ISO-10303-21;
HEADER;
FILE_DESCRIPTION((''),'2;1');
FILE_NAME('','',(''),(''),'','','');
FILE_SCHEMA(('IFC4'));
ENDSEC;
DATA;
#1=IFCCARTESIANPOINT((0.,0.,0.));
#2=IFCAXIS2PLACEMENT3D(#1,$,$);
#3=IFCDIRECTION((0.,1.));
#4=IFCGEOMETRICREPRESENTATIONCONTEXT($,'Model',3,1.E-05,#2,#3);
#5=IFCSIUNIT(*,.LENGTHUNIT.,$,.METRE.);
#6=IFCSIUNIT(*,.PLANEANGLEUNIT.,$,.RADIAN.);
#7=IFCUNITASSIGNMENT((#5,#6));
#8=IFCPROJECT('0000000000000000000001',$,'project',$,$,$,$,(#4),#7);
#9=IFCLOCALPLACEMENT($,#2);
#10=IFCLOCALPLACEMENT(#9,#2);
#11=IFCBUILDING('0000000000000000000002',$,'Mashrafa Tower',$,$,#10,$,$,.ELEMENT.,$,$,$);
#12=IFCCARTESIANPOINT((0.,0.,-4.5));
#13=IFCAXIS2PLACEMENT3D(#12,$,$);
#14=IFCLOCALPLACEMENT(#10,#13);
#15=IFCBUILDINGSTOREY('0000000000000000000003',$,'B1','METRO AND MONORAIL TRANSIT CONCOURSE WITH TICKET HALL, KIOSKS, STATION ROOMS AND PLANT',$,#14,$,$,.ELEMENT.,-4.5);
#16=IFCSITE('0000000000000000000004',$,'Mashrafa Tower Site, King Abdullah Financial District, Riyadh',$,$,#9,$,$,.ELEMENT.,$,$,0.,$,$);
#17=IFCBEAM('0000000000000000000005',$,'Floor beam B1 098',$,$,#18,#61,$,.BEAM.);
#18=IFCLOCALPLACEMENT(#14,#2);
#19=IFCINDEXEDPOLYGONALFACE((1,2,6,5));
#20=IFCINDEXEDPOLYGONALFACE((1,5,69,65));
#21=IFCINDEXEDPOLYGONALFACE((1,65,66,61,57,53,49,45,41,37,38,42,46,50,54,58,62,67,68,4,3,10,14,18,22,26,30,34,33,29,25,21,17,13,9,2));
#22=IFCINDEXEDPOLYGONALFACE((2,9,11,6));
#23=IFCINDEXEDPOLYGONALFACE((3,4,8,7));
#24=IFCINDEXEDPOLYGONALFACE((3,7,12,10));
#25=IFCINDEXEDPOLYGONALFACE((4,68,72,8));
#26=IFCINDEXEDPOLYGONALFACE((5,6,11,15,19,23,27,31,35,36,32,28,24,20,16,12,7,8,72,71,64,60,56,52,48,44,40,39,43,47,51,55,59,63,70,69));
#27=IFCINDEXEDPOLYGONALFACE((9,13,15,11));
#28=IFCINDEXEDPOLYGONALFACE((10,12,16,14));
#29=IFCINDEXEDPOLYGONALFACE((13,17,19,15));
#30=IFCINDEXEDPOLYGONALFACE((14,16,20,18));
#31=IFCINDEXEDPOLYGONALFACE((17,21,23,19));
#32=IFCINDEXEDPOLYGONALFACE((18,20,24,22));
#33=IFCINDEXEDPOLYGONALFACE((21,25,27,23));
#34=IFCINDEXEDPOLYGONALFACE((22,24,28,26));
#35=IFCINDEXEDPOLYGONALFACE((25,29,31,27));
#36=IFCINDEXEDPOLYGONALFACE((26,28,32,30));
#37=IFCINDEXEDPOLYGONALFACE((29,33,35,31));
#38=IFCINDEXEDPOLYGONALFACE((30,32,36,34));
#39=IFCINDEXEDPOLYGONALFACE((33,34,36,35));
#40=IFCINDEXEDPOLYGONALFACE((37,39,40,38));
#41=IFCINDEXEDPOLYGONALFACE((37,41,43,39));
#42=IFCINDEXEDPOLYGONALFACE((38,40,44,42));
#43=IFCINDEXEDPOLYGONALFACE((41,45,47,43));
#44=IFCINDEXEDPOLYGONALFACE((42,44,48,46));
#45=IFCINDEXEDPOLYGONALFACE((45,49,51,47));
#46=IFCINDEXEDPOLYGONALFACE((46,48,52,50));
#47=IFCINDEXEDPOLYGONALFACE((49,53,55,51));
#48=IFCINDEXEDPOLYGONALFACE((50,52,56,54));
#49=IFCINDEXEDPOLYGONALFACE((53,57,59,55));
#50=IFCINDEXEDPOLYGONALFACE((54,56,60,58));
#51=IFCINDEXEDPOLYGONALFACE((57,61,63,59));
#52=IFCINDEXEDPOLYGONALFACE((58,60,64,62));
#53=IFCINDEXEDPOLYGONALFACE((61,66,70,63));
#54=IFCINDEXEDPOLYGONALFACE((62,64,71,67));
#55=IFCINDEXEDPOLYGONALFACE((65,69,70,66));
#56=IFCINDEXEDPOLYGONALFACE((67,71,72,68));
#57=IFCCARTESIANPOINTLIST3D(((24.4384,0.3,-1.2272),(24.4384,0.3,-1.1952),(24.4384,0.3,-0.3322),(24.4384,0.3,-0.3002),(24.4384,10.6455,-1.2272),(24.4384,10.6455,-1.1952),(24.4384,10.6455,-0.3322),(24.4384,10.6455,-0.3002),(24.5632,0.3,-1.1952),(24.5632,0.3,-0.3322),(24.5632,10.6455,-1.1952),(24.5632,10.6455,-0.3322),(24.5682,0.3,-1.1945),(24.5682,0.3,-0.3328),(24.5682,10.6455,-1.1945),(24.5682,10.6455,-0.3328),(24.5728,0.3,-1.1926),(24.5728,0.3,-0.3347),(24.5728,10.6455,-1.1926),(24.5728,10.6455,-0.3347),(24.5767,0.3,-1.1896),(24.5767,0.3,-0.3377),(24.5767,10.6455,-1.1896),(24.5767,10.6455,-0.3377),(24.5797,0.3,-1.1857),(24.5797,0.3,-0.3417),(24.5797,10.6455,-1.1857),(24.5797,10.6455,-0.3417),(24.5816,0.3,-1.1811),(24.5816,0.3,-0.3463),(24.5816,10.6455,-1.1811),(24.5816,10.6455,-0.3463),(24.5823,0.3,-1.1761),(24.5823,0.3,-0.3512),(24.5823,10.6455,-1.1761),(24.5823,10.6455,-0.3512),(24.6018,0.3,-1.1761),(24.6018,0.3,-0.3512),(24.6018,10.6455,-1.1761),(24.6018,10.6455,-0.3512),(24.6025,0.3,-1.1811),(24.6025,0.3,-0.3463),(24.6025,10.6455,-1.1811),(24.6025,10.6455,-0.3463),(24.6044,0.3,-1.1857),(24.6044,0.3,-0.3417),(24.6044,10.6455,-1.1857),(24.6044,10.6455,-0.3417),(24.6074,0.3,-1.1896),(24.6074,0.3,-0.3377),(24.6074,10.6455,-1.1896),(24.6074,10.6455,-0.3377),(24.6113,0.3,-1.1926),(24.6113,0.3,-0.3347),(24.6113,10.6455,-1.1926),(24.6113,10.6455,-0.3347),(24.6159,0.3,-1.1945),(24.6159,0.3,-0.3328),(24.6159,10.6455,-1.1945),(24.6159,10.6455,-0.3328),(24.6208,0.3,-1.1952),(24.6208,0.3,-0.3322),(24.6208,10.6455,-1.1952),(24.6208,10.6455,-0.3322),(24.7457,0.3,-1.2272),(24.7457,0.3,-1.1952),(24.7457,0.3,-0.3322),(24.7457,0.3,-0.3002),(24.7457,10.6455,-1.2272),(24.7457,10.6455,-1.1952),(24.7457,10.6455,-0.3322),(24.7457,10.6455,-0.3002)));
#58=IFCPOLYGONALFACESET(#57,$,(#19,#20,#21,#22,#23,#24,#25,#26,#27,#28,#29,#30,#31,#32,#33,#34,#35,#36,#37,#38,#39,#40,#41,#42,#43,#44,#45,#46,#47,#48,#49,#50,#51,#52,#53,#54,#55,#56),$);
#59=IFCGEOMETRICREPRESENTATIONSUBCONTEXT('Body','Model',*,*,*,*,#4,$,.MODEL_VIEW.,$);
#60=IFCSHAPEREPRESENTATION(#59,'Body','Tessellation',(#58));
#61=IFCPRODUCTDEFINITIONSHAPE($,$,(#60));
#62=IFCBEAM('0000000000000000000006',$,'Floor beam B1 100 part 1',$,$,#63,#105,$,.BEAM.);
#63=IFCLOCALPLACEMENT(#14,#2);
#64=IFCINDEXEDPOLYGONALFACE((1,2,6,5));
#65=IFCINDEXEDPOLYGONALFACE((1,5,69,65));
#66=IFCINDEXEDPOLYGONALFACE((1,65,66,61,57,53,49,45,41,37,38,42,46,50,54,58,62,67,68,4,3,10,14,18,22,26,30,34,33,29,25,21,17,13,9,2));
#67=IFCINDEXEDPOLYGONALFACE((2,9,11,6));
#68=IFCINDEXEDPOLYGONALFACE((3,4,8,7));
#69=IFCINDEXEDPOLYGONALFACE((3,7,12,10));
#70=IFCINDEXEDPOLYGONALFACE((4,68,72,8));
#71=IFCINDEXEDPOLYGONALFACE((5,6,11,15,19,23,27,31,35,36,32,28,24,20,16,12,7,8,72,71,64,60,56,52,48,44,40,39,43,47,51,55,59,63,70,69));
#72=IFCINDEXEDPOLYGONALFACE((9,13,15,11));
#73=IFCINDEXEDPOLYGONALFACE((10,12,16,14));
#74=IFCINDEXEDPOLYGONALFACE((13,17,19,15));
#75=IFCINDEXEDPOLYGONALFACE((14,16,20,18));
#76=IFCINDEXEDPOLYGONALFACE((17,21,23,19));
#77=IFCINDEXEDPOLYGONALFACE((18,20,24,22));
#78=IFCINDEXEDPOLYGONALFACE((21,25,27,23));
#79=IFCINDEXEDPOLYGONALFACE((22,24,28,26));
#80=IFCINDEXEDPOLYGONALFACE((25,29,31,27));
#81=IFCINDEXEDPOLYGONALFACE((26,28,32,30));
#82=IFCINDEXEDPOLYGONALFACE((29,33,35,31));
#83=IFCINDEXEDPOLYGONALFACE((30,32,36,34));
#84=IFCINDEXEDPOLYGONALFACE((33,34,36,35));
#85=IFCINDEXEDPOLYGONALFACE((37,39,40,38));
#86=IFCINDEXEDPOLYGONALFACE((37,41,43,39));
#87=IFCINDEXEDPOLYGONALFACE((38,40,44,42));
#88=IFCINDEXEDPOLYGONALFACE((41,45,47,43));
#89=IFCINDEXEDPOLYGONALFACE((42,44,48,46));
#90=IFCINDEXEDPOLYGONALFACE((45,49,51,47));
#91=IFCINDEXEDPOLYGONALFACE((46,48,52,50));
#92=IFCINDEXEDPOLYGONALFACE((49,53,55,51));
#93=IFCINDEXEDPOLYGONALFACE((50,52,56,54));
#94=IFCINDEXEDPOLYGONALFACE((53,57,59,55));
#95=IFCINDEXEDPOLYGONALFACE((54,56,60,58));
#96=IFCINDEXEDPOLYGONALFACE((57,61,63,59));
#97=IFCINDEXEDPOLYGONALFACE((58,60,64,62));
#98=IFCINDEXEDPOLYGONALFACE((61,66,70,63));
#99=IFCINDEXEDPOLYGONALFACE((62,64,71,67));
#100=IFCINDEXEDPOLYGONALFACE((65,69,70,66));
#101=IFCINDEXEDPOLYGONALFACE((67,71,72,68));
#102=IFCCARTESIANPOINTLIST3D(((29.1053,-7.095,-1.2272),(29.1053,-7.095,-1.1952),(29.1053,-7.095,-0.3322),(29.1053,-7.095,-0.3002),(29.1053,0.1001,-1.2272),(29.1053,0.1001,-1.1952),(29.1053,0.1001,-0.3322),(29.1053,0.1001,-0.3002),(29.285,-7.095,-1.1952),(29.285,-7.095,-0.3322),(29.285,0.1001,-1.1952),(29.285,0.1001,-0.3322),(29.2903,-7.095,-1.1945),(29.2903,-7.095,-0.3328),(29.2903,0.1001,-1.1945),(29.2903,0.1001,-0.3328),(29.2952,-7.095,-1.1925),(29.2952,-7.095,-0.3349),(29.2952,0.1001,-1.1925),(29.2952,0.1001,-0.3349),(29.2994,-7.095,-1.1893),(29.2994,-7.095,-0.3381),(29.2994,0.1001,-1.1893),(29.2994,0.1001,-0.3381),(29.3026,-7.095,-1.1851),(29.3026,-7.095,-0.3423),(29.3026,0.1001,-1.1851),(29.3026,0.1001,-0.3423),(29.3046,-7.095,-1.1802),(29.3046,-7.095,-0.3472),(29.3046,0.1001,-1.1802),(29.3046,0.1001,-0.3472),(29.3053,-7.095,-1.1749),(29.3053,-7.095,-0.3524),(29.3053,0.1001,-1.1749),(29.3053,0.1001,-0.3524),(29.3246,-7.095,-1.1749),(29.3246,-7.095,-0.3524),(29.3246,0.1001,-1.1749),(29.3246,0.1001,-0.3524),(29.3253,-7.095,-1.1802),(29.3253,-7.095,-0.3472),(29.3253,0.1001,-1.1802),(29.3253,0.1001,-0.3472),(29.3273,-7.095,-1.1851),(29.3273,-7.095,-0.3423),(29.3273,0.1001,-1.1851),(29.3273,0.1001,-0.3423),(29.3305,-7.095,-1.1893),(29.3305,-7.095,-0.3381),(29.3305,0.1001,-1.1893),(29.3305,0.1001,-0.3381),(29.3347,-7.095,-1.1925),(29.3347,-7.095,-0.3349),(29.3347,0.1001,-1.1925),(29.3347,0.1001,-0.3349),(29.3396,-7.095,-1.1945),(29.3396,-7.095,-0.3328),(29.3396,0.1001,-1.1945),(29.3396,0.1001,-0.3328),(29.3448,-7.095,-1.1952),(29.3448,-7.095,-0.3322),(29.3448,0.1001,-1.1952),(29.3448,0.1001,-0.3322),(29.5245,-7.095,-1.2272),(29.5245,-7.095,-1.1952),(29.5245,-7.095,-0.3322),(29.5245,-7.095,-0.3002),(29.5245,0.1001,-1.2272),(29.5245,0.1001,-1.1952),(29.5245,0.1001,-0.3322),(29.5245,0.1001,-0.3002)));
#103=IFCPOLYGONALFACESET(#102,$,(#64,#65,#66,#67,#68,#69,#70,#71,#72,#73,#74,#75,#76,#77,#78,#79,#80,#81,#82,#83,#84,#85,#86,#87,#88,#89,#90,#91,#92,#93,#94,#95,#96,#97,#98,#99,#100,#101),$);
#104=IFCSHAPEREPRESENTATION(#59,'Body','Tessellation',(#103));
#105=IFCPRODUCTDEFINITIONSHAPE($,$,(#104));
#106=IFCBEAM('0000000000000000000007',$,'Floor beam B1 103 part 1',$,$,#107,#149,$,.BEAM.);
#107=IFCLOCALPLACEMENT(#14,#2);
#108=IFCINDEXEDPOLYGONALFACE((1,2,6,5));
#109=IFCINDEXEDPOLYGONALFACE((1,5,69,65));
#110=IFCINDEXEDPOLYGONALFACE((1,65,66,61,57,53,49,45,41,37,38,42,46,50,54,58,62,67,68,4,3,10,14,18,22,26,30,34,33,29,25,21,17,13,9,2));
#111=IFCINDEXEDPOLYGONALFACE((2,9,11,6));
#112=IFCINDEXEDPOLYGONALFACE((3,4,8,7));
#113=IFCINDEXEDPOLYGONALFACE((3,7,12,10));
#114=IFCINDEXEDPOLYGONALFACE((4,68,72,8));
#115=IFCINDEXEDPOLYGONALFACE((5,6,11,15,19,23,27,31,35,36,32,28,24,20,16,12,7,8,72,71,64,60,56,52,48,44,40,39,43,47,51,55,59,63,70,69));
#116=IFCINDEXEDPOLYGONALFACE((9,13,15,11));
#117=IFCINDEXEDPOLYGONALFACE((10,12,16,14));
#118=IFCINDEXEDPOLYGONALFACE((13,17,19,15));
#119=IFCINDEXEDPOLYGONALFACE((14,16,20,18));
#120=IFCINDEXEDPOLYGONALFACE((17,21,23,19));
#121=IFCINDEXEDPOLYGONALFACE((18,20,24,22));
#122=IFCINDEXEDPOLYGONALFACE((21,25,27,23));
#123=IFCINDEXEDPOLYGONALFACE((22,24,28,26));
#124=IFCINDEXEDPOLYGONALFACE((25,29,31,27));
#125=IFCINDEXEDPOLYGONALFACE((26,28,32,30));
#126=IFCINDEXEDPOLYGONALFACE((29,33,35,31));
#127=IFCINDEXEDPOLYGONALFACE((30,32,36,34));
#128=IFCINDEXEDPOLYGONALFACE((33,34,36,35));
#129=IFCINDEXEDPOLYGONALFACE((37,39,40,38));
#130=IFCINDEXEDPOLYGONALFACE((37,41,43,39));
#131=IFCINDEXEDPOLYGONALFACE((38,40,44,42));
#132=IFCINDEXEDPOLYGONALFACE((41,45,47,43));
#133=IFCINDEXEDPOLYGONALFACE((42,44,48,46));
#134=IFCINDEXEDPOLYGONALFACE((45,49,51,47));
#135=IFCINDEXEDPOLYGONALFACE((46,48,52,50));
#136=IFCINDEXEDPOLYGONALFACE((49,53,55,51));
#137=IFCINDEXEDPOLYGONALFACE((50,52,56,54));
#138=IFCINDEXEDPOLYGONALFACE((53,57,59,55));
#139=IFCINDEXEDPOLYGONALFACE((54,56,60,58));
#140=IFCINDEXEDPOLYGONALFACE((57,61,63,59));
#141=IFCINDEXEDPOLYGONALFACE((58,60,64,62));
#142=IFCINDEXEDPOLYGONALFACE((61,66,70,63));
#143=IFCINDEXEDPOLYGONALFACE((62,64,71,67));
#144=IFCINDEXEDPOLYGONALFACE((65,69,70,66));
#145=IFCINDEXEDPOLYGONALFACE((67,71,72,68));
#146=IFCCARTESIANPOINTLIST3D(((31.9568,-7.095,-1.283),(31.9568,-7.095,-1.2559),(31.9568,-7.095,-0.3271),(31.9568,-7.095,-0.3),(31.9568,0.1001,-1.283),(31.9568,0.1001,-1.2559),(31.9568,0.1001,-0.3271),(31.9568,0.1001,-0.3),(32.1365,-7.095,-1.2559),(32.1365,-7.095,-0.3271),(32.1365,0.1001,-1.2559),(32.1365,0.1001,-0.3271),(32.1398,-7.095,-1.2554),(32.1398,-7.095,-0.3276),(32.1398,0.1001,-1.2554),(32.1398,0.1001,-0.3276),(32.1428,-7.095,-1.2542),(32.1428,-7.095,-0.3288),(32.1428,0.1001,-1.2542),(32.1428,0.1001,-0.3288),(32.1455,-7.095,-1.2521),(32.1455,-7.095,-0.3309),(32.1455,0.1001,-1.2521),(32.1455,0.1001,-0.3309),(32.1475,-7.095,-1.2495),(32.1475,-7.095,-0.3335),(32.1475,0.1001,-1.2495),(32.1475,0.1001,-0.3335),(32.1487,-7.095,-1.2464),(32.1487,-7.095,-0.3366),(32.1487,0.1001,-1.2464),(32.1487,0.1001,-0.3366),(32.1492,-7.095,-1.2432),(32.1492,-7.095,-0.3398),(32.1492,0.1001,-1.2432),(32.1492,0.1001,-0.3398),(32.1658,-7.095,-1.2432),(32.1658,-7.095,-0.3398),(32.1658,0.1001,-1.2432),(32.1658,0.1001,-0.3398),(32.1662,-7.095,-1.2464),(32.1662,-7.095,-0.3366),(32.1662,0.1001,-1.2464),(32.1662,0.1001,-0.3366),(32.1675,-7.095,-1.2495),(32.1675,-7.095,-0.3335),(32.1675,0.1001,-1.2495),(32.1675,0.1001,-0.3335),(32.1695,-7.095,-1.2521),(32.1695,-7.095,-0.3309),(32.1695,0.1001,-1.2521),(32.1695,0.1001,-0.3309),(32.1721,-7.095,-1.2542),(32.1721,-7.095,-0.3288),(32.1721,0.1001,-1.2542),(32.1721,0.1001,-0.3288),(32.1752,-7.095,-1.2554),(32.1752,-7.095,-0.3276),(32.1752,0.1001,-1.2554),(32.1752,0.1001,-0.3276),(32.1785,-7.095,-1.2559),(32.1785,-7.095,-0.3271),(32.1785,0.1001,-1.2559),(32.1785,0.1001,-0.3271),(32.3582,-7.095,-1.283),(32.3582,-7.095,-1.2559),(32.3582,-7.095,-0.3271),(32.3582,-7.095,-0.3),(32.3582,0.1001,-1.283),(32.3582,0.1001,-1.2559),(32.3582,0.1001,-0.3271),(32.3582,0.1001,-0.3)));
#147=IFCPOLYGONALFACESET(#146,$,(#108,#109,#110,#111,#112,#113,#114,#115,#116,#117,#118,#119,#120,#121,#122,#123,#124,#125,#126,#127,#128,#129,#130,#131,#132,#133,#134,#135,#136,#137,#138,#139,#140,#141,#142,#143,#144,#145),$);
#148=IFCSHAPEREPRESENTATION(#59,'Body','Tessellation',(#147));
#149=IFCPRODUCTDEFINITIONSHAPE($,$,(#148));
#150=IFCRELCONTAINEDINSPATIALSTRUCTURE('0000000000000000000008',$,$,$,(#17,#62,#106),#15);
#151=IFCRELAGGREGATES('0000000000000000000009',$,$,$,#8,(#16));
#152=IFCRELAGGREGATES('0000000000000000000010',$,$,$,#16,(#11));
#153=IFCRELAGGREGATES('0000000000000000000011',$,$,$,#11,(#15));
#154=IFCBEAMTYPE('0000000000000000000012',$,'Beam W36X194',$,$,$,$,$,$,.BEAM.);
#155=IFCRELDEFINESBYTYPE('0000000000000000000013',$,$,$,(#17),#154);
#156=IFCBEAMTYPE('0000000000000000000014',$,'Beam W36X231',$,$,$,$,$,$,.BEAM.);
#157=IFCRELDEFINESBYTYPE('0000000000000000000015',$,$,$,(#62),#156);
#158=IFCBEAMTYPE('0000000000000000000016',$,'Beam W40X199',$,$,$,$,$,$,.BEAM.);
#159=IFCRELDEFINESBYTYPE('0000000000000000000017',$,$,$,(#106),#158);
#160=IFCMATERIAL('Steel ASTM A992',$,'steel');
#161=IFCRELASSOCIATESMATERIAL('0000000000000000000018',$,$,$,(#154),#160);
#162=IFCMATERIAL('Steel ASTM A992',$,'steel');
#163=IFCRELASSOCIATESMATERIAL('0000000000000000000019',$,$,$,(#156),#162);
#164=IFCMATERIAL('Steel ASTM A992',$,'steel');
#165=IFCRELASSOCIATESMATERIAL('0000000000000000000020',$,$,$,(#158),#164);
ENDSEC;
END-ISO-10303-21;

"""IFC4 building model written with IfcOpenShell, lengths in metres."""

from ifc_helpers import new_model, si_unit, direction, frame, origin, origin_2d, place, context, subcontext, project, spatial, i_section, extrude, material, material_profile, profile_set, type_object, element, save


model = new_model("IFC4")

# Units and contexts
model_context = context("Model", 3, precision=1e-05, world=origin(), true_north=direction((0.0, 1.0)))
body_context = subcontext(model_context, "Body", "Model", "MODEL_VIEW")
ifc_project = project(units=[si_unit("LENGTHUNIT", "METRE"), si_unit("PLANEANGLEUNIT", "RADIAN")], contexts=[model_context])

# Site, building, storey
site_placement = place(None, origin())
site = spatial("IfcSite", under=ifc_project, at=site_placement, Name="Mashrafa Tower Site, King Abdullah Financial District, Riyadh", CompositionType="ELEMENT", RefElevation=0.0)
building_placement = place(site_placement, origin())
building = spatial("IfcBuilding", under=site, at=building_placement, Name="Mashrafa Tower", CompositionType="ELEMENT")
storey_placement = place(building_placement, frame((0.0, 0.0, -4.5)))
storey = spatial("IfcBuildingStorey", under=building, at=storey_placement, Name="B1", Description="METRO AND MONORAIL TRANSIT CONCOURSE WITH TICKET HALL, KIOSKS, STATION ROOMS AND PLANT", CompositionType="ELEMENT", Elevation=-4.5)

# Beams
ifc_material_1 = material(Name="Steel ASTM A992", Category="steel")
ifc_material_profile_1 = material_profile(ifc_material_1, i_section(OverallWidth=0.3074, OverallDepth=0.927, WebThickness=0.0195, FlangeThickness=0.032, FilletRadius=0.019, at=origin_2d()), Name="W36X194")
ifc_profile_set_1 = profile_set([ifc_material_profile_1], Name="Steel ASTM A992")
beam_type_1 = type_object("IfcBeamType", Name="Beam W36X194", PredefinedType="BEAM", material=ifc_profile_set_1)
beam_1_placement = place(storey_placement, frame((24.592, 10.6455, -0.7637), z_axis=(0.0, -1.0, 0.0), x_axis=(1.0, 0.0, 0.0)))
element("IfcBeam", 1, at=beam_1_placement, inside=storey, type_object=beam_type_1, Name="Floor beam B1 098", PredefinedType="BEAM", context=body_context, shape_type="SweptSolid", body=[
    extrude(i_section(OverallWidth=0.3074, OverallDepth=0.927, WebThickness=0.0195, FlangeThickness=0.032, FilletRadius=0.019, at=origin_2d()), origin(), (0.0, 0.0, 1.0), 10.3455),
])
ifc_material_2 = material(Name="Steel ASTM A992", Category="steel")
ifc_material_profile_2 = material_profile(ifc_material_2, i_section(OverallWidth=0.4192, OverallDepth=0.927, WebThickness=0.0193, FlangeThickness=0.032, FilletRadius=0.0203, at=origin_2d()), Name="W36X231")
ifc_profile_set_2 = profile_set([ifc_material_profile_2], Name="Steel ASTM A992")
beam_type_2 = type_object("IfcBeamType", Name="Beam W36X231", PredefinedType="BEAM", material=ifc_profile_set_2)
beam_2_placement = place(storey_placement, frame((29.3149, 0.1001, -0.7637), z_axis=(0.0, -1.0, 0.0), x_axis=(1.0, 0.0, 0.0)))
element("IfcBeam", 2, at=beam_2_placement, inside=storey, type_object=beam_type_2, Name="Floor beam B1 100 part 1", PredefinedType="BEAM", context=body_context, shape_type="SweptSolid", body=[
    extrude(i_section(OverallWidth=0.4192, OverallDepth=0.927, WebThickness=0.0193, FlangeThickness=0.032, FilletRadius=0.0203, at=origin_2d()), origin(), (0.0, 0.0, 1.0), 7.1951),
])
ifc_material_3 = material(Name="Steel ASTM A992", Category="steel")
ifc_material_profile_3 = material_profile(ifc_material_3, i_section(OverallWidth=0.4014, OverallDepth=0.9829, WebThickness=0.0166, FlangeThickness=0.0271, FilletRadius=0.0127, at=origin_2d()), Name="W40X199")
ifc_profile_set_3 = profile_set([ifc_material_profile_3], Name="Steel ASTM A992")
beam_type_3 = type_object("IfcBeamType", Name="Beam W40X199", PredefinedType="BEAM", material=ifc_profile_set_3)
beam_3_placement = place(storey_placement, frame((32.1575, 0.1001, -0.7915), z_axis=(0.0, -1.0, 0.0), x_axis=(1.0, 0.0, 0.0)))
element("IfcBeam", 3, at=beam_3_placement, inside=storey, type_object=beam_type_3, Name="Floor beam B1 103 part 1", PredefinedType="BEAM", context=body_context, shape_type="SweptSolid", body=[
    extrude(i_section(OverallWidth=0.4014, OverallDepth=0.9829, WebThickness=0.0166, FlangeThickness=0.0271, FilletRadius=0.0127, at=origin_2d()), origin(), (0.0, 0.0, 1.0), 7.1951),
])

save(model, "model.ifc")
